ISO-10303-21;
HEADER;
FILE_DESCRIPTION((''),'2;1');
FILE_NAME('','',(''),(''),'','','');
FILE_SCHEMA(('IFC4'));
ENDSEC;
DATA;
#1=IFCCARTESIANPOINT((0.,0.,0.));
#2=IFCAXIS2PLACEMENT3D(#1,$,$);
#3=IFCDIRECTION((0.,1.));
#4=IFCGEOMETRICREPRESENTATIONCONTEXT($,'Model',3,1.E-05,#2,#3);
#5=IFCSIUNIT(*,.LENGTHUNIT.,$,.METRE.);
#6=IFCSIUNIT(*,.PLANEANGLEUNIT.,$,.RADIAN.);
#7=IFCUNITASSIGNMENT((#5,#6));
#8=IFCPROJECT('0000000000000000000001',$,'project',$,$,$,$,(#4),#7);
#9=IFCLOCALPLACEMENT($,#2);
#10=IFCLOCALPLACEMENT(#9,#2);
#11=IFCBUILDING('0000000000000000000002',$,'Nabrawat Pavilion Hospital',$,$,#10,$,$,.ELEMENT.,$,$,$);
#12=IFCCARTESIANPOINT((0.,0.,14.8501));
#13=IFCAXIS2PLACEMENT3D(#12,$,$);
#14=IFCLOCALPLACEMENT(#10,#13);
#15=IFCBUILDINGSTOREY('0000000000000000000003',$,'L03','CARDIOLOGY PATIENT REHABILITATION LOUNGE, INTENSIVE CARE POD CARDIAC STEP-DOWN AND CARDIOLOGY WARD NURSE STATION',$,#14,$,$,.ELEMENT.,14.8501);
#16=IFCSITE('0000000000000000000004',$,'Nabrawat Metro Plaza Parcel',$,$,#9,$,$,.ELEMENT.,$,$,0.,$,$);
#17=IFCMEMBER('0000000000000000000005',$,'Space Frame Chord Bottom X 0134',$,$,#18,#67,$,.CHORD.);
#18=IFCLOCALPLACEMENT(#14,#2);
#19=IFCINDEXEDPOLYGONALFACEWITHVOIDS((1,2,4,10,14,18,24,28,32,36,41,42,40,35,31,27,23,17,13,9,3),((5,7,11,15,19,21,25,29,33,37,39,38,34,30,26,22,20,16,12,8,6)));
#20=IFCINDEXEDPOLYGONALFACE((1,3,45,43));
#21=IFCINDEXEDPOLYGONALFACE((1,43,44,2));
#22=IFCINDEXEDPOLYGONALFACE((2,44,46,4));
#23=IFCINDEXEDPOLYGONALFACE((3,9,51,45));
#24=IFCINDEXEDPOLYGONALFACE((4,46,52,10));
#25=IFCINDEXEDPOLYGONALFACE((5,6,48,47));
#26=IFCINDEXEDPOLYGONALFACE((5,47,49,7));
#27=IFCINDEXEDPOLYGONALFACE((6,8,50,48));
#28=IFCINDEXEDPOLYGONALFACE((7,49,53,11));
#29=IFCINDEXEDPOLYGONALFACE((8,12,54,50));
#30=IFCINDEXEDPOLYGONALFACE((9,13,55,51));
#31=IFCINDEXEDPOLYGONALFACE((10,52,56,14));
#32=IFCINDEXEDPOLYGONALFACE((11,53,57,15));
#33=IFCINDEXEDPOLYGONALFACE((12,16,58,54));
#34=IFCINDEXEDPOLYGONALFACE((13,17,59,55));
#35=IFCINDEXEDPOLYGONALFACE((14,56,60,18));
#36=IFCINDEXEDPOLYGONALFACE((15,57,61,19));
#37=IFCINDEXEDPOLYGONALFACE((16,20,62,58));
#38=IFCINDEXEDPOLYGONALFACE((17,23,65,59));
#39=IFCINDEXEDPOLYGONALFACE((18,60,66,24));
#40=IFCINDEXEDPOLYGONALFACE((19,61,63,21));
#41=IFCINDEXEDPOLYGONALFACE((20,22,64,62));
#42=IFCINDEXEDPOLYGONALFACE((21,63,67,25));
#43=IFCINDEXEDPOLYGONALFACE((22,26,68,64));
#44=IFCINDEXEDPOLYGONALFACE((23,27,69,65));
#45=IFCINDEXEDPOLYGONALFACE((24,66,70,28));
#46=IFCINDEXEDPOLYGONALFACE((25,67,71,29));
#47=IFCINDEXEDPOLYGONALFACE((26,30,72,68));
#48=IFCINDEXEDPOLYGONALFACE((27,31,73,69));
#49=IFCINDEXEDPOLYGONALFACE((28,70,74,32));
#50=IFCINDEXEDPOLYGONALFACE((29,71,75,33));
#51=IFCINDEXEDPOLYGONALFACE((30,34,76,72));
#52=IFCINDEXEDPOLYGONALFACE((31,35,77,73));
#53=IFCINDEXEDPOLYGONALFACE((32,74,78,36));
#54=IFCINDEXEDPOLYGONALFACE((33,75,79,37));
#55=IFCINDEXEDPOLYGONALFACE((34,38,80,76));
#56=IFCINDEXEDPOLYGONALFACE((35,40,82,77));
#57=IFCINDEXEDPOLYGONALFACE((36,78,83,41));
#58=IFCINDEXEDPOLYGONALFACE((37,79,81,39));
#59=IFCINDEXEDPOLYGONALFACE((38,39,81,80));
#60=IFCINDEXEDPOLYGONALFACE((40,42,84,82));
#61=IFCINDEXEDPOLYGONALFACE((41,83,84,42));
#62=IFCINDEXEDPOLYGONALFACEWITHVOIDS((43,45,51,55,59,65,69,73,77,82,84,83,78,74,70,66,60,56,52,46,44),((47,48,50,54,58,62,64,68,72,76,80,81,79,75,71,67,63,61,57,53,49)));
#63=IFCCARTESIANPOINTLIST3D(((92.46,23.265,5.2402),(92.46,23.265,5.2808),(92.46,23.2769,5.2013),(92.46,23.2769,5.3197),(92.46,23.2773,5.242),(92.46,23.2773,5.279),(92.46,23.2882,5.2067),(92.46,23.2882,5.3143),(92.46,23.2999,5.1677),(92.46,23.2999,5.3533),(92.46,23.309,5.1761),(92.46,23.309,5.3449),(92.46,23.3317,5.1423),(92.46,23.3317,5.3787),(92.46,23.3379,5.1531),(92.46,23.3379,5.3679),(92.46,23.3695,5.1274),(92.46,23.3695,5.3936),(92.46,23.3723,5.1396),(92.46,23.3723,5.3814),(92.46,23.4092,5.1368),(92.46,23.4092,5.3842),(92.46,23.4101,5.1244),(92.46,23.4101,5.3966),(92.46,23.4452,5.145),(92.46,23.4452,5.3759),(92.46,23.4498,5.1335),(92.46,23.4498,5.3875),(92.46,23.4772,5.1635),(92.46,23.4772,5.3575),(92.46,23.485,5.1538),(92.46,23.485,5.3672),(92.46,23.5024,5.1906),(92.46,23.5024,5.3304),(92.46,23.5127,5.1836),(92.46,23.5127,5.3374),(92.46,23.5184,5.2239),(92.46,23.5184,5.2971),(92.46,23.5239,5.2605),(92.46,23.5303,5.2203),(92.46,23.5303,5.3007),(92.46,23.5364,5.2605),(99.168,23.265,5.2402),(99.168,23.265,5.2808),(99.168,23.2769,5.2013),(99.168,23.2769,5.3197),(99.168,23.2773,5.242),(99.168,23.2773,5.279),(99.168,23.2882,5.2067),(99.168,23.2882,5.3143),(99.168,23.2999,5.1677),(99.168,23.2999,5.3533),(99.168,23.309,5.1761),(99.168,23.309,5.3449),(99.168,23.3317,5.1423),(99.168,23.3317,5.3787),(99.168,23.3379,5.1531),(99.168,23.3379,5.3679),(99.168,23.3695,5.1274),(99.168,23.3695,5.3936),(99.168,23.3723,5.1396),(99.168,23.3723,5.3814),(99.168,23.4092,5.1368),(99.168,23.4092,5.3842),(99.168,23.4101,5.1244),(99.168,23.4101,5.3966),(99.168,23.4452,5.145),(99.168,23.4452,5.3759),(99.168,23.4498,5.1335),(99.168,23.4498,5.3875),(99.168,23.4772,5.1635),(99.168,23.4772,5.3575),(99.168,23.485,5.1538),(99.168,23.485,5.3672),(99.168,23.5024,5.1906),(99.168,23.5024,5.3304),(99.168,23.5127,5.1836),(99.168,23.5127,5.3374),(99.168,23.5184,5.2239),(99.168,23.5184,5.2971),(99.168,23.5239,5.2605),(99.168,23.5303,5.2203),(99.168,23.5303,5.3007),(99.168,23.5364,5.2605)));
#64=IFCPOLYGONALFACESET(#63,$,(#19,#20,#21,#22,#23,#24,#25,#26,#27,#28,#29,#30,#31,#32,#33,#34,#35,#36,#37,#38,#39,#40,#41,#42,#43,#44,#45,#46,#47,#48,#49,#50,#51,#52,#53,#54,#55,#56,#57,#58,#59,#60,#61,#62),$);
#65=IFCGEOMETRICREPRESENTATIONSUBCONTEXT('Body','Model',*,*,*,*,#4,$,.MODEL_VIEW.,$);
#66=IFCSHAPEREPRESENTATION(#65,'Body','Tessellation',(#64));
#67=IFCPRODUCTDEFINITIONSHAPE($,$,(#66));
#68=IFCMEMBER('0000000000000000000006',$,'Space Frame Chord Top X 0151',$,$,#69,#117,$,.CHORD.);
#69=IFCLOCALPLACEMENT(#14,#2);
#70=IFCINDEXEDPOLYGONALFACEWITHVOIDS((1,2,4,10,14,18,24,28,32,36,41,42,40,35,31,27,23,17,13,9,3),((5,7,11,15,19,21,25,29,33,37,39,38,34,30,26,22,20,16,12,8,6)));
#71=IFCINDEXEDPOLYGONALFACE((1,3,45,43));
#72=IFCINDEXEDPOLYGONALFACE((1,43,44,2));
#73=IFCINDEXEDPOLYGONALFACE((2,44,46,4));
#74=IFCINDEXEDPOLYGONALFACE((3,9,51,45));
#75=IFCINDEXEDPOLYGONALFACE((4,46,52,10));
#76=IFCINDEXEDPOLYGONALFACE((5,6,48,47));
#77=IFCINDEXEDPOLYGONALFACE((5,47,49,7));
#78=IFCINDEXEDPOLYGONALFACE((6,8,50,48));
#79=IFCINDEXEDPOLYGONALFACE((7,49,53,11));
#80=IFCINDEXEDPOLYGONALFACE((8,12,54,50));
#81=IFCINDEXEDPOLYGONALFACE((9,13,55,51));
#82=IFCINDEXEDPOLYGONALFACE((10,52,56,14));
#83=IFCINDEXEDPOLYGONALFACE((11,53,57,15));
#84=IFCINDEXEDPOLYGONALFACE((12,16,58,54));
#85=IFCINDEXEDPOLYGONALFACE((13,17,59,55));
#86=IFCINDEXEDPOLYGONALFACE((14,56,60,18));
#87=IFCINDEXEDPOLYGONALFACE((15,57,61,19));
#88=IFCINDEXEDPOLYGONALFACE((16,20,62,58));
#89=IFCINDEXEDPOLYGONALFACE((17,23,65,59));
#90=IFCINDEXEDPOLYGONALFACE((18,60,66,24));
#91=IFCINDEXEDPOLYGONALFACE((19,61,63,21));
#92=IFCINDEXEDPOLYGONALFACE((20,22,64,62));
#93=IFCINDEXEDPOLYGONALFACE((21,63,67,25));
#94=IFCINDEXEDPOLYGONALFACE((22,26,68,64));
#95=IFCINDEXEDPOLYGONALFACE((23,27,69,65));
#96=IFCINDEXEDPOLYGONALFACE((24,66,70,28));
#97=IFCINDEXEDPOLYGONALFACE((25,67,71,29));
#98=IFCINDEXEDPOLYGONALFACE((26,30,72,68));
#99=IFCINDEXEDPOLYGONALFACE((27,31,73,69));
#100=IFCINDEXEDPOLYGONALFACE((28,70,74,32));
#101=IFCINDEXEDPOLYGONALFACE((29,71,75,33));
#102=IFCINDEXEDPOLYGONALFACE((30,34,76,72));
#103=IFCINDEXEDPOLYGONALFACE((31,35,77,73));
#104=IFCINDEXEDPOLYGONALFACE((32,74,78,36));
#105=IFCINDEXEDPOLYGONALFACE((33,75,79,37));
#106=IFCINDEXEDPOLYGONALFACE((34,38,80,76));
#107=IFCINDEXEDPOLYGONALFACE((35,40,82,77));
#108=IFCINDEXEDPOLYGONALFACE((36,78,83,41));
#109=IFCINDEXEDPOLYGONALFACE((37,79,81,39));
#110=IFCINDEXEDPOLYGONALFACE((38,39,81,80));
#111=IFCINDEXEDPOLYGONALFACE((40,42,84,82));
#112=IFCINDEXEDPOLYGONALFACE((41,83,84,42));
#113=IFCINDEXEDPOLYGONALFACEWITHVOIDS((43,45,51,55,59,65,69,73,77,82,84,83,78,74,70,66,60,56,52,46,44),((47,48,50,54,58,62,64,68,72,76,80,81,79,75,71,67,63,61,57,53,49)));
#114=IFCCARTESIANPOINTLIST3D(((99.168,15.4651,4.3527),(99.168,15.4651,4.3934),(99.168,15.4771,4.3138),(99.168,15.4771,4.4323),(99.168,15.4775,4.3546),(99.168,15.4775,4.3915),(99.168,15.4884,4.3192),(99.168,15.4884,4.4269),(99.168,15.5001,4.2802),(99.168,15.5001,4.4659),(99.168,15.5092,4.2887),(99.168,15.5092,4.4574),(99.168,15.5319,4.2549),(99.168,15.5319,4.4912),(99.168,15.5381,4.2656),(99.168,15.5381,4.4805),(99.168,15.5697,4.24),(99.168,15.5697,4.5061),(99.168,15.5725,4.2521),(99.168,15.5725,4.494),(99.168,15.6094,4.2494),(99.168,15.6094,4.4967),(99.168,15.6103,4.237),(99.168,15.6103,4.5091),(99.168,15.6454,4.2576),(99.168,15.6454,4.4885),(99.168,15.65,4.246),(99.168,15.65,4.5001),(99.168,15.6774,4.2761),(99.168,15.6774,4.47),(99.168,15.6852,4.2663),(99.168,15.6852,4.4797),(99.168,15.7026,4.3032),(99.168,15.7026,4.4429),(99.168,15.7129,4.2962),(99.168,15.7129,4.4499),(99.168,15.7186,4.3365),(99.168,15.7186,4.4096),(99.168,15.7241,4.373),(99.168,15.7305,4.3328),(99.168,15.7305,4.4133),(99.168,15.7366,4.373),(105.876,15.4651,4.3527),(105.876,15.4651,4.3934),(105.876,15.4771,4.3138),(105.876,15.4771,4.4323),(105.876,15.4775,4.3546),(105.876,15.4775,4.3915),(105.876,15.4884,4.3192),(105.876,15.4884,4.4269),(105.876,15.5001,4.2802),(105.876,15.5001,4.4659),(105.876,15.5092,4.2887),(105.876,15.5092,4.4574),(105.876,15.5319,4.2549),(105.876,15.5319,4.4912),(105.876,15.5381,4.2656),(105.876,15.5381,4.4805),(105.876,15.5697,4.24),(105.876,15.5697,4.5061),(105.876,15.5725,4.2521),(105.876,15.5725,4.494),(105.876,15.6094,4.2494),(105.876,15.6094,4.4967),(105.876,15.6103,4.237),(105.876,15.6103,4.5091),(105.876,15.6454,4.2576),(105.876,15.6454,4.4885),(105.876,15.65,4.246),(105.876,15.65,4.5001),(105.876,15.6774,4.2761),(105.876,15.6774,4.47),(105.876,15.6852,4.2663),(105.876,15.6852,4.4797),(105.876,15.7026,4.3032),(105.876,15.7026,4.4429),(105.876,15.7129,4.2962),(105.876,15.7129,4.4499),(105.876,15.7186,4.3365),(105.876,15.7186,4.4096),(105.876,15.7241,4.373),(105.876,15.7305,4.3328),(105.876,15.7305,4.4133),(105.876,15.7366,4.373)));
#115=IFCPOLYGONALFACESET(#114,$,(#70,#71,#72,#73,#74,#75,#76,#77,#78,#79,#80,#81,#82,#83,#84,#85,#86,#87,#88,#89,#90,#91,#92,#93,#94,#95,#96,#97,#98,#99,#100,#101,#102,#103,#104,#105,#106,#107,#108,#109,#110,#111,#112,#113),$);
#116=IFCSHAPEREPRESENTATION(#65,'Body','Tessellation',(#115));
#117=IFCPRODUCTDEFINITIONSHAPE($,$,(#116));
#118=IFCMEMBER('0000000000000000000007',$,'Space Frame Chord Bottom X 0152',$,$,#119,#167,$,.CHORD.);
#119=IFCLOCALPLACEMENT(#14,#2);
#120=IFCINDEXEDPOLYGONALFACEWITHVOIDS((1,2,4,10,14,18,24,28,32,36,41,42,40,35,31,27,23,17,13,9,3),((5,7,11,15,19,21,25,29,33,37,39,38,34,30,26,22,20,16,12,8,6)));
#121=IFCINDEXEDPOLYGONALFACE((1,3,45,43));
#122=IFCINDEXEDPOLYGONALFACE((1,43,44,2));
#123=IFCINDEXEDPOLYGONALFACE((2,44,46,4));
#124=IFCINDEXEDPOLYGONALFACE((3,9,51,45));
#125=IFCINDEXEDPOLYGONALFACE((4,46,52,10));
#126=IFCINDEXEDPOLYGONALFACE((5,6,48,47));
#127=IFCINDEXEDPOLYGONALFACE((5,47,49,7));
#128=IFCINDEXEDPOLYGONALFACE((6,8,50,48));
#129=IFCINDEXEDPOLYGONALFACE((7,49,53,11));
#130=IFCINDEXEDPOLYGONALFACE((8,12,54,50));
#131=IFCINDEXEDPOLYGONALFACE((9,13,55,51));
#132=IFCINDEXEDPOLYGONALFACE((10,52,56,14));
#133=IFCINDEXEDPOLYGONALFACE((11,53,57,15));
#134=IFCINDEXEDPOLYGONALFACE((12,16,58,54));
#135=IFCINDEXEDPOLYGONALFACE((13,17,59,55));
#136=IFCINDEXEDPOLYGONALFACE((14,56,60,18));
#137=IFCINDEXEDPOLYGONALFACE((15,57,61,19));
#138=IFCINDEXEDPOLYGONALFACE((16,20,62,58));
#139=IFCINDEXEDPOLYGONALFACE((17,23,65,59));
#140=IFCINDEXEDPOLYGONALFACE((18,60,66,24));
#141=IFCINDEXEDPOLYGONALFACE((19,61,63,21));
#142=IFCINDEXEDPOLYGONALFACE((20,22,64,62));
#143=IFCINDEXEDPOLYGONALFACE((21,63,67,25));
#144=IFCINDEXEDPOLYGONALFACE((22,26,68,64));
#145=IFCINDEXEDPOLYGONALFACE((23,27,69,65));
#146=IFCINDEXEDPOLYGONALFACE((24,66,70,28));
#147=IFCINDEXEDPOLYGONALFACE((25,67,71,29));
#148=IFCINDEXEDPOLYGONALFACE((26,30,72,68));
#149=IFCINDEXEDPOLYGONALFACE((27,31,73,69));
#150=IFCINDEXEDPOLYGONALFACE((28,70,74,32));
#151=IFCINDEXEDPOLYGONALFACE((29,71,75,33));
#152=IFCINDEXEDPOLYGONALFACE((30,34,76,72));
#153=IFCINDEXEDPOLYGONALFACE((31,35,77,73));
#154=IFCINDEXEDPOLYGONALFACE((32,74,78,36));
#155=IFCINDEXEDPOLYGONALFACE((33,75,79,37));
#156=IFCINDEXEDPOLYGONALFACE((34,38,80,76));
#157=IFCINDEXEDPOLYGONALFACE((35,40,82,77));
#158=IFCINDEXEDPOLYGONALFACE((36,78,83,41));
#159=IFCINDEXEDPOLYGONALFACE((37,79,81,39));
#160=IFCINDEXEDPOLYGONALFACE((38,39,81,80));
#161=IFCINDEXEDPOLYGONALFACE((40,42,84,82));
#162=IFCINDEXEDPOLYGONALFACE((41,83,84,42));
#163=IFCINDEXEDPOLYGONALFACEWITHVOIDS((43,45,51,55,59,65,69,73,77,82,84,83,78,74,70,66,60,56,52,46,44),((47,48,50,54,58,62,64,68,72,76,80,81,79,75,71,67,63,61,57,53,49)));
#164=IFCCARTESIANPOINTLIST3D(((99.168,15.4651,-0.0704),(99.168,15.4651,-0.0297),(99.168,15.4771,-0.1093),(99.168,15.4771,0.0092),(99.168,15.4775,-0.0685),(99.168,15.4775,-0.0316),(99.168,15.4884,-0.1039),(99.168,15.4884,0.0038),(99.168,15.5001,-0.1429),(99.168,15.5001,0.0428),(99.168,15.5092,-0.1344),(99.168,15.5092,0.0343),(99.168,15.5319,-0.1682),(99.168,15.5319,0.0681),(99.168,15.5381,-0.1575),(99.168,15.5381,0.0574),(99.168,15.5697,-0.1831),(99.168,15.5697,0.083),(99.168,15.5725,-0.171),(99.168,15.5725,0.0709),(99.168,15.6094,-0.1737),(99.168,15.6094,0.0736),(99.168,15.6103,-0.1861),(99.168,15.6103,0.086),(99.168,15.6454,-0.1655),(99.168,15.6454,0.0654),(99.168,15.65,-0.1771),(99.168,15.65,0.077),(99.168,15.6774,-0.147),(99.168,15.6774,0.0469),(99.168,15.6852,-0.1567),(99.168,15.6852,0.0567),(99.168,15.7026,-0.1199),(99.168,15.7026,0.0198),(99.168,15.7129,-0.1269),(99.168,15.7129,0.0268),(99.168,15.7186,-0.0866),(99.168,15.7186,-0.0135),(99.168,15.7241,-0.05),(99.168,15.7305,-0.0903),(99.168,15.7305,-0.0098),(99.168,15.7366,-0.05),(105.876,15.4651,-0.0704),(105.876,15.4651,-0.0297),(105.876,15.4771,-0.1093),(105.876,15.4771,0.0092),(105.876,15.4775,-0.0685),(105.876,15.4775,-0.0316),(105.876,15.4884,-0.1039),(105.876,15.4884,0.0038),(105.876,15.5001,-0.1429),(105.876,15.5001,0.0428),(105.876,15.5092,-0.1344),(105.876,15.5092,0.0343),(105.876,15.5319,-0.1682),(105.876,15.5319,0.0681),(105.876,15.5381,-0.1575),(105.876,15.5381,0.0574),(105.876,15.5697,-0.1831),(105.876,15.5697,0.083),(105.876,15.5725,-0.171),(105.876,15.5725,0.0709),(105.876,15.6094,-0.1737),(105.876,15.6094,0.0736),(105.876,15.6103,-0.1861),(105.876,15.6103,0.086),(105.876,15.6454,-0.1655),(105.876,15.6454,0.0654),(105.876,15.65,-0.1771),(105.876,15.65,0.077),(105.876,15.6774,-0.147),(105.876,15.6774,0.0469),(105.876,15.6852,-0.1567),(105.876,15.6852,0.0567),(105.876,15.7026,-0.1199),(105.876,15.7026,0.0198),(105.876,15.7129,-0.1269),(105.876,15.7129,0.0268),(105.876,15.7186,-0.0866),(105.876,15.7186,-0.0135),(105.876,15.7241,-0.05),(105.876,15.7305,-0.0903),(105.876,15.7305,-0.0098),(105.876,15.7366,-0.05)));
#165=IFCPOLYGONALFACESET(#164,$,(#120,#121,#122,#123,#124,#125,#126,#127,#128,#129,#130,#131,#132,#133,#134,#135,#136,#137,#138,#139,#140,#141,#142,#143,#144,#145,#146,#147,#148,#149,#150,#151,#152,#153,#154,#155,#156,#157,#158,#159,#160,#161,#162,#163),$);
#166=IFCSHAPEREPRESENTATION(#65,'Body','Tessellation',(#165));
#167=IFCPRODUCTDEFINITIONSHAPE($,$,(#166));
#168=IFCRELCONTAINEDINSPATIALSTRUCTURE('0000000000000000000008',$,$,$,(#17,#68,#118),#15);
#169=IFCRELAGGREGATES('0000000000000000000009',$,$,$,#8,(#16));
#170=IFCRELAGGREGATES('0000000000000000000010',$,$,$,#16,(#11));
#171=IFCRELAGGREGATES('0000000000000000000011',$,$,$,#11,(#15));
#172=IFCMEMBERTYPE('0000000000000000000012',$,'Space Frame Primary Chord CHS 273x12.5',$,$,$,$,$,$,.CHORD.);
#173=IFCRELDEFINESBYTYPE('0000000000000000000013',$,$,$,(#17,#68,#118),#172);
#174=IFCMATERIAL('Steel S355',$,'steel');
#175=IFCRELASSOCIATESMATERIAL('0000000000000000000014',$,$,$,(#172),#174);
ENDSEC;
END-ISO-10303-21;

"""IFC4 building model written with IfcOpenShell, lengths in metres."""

from ifc_helpers import new_model, si_unit, direction, frame, origin, origin_2d, place, context, subcontext, project, spatial, hollow_circle, extrude, material, material_profile, profile_set, type_object, element, save


model = new_model("IFC4")

# Units and contexts
model_context = context("Model", 3, precision=1e-05, world=origin(), true_north=direction((0.0, 1.0)))
body_context = subcontext(model_context, "Body", "Model", "MODEL_VIEW")
ifc_project = project(units=[si_unit("LENGTHUNIT", "METRE"), si_unit("PLANEANGLEUNIT", "RADIAN")], contexts=[model_context])

# Site, building, storey
site_placement = place(None, origin())
site = spatial("IfcSite", under=ifc_project, at=site_placement, Name="Nabrawat Metro Plaza Parcel", CompositionType="ELEMENT", RefElevation=0.0)
building_placement = place(site_placement, origin())
building = spatial("IfcBuilding", under=site, at=building_placement, Name="Nabrawat Pavilion Hospital", CompositionType="ELEMENT")
storey_placement = place(building_placement, frame((0.0, 0.0, 14.8501)))
storey = spatial("IfcBuildingStorey", under=building, at=storey_placement, Name="L03", Description="CARDIOLOGY PATIENT REHABILITATION LOUNGE, INTENSIVE CARE POD CARDIAC STEP-DOWN AND CARDIOLOGY WARD NURSE STATION", CompositionType="ELEMENT", Elevation=14.8501)

# Shared definitions
ifc_material = material(Name="Steel S355", Category="steel")

# Members
ifc_material_profile_1 = material_profile(ifc_material, hollow_circle(Radius=0.1365, WallThickness=0.0125, at=origin_2d()), Name="CHS 273x12.5")
ifc_profile_set_1 = profile_set([ifc_material_profile_1], Name="Steel S355")
member_type_1 = type_object("IfcMemberType", Name="Space Frame Primary Chord CHS 273x12.5", PredefinedType="CHORD", material=ifc_profile_set_1)
for number, where, z_axis, x_axis, name in (
    (1, (92.46, 23.3999, 5.2605), (1.0, 0.0, 0.0), (0.0, 1.0, 0.0), "Space Frame Chord Bottom X 0134"),
    (2, (99.168, 15.6001, 4.373), (1.0, 0.0, 0.0), (0.0, 1.0, 0.0), "Space Frame Chord Top X 0151"),
    (3, (99.168, 15.6001, -0.05), (1.0, 0.0, 0.0), (0.0, 1.0, 0.0), "Space Frame Chord Bottom X 0152"),
):
    element("IfcMember", number, at=place(storey_placement, frame(where, z_axis=z_axis, x_axis=x_axis)), inside=storey, type_object=member_type_1, Name=name, PredefinedType="CHORD", context=body_context, shape_type="SweptSolid", body=[
        extrude(hollow_circle(Radius=0.1365, WallThickness=0.0125, at=origin_2d()), origin(), (0.0, 0.0, 1.0), 6.708),
    ])

save(model, "model.ifc")
